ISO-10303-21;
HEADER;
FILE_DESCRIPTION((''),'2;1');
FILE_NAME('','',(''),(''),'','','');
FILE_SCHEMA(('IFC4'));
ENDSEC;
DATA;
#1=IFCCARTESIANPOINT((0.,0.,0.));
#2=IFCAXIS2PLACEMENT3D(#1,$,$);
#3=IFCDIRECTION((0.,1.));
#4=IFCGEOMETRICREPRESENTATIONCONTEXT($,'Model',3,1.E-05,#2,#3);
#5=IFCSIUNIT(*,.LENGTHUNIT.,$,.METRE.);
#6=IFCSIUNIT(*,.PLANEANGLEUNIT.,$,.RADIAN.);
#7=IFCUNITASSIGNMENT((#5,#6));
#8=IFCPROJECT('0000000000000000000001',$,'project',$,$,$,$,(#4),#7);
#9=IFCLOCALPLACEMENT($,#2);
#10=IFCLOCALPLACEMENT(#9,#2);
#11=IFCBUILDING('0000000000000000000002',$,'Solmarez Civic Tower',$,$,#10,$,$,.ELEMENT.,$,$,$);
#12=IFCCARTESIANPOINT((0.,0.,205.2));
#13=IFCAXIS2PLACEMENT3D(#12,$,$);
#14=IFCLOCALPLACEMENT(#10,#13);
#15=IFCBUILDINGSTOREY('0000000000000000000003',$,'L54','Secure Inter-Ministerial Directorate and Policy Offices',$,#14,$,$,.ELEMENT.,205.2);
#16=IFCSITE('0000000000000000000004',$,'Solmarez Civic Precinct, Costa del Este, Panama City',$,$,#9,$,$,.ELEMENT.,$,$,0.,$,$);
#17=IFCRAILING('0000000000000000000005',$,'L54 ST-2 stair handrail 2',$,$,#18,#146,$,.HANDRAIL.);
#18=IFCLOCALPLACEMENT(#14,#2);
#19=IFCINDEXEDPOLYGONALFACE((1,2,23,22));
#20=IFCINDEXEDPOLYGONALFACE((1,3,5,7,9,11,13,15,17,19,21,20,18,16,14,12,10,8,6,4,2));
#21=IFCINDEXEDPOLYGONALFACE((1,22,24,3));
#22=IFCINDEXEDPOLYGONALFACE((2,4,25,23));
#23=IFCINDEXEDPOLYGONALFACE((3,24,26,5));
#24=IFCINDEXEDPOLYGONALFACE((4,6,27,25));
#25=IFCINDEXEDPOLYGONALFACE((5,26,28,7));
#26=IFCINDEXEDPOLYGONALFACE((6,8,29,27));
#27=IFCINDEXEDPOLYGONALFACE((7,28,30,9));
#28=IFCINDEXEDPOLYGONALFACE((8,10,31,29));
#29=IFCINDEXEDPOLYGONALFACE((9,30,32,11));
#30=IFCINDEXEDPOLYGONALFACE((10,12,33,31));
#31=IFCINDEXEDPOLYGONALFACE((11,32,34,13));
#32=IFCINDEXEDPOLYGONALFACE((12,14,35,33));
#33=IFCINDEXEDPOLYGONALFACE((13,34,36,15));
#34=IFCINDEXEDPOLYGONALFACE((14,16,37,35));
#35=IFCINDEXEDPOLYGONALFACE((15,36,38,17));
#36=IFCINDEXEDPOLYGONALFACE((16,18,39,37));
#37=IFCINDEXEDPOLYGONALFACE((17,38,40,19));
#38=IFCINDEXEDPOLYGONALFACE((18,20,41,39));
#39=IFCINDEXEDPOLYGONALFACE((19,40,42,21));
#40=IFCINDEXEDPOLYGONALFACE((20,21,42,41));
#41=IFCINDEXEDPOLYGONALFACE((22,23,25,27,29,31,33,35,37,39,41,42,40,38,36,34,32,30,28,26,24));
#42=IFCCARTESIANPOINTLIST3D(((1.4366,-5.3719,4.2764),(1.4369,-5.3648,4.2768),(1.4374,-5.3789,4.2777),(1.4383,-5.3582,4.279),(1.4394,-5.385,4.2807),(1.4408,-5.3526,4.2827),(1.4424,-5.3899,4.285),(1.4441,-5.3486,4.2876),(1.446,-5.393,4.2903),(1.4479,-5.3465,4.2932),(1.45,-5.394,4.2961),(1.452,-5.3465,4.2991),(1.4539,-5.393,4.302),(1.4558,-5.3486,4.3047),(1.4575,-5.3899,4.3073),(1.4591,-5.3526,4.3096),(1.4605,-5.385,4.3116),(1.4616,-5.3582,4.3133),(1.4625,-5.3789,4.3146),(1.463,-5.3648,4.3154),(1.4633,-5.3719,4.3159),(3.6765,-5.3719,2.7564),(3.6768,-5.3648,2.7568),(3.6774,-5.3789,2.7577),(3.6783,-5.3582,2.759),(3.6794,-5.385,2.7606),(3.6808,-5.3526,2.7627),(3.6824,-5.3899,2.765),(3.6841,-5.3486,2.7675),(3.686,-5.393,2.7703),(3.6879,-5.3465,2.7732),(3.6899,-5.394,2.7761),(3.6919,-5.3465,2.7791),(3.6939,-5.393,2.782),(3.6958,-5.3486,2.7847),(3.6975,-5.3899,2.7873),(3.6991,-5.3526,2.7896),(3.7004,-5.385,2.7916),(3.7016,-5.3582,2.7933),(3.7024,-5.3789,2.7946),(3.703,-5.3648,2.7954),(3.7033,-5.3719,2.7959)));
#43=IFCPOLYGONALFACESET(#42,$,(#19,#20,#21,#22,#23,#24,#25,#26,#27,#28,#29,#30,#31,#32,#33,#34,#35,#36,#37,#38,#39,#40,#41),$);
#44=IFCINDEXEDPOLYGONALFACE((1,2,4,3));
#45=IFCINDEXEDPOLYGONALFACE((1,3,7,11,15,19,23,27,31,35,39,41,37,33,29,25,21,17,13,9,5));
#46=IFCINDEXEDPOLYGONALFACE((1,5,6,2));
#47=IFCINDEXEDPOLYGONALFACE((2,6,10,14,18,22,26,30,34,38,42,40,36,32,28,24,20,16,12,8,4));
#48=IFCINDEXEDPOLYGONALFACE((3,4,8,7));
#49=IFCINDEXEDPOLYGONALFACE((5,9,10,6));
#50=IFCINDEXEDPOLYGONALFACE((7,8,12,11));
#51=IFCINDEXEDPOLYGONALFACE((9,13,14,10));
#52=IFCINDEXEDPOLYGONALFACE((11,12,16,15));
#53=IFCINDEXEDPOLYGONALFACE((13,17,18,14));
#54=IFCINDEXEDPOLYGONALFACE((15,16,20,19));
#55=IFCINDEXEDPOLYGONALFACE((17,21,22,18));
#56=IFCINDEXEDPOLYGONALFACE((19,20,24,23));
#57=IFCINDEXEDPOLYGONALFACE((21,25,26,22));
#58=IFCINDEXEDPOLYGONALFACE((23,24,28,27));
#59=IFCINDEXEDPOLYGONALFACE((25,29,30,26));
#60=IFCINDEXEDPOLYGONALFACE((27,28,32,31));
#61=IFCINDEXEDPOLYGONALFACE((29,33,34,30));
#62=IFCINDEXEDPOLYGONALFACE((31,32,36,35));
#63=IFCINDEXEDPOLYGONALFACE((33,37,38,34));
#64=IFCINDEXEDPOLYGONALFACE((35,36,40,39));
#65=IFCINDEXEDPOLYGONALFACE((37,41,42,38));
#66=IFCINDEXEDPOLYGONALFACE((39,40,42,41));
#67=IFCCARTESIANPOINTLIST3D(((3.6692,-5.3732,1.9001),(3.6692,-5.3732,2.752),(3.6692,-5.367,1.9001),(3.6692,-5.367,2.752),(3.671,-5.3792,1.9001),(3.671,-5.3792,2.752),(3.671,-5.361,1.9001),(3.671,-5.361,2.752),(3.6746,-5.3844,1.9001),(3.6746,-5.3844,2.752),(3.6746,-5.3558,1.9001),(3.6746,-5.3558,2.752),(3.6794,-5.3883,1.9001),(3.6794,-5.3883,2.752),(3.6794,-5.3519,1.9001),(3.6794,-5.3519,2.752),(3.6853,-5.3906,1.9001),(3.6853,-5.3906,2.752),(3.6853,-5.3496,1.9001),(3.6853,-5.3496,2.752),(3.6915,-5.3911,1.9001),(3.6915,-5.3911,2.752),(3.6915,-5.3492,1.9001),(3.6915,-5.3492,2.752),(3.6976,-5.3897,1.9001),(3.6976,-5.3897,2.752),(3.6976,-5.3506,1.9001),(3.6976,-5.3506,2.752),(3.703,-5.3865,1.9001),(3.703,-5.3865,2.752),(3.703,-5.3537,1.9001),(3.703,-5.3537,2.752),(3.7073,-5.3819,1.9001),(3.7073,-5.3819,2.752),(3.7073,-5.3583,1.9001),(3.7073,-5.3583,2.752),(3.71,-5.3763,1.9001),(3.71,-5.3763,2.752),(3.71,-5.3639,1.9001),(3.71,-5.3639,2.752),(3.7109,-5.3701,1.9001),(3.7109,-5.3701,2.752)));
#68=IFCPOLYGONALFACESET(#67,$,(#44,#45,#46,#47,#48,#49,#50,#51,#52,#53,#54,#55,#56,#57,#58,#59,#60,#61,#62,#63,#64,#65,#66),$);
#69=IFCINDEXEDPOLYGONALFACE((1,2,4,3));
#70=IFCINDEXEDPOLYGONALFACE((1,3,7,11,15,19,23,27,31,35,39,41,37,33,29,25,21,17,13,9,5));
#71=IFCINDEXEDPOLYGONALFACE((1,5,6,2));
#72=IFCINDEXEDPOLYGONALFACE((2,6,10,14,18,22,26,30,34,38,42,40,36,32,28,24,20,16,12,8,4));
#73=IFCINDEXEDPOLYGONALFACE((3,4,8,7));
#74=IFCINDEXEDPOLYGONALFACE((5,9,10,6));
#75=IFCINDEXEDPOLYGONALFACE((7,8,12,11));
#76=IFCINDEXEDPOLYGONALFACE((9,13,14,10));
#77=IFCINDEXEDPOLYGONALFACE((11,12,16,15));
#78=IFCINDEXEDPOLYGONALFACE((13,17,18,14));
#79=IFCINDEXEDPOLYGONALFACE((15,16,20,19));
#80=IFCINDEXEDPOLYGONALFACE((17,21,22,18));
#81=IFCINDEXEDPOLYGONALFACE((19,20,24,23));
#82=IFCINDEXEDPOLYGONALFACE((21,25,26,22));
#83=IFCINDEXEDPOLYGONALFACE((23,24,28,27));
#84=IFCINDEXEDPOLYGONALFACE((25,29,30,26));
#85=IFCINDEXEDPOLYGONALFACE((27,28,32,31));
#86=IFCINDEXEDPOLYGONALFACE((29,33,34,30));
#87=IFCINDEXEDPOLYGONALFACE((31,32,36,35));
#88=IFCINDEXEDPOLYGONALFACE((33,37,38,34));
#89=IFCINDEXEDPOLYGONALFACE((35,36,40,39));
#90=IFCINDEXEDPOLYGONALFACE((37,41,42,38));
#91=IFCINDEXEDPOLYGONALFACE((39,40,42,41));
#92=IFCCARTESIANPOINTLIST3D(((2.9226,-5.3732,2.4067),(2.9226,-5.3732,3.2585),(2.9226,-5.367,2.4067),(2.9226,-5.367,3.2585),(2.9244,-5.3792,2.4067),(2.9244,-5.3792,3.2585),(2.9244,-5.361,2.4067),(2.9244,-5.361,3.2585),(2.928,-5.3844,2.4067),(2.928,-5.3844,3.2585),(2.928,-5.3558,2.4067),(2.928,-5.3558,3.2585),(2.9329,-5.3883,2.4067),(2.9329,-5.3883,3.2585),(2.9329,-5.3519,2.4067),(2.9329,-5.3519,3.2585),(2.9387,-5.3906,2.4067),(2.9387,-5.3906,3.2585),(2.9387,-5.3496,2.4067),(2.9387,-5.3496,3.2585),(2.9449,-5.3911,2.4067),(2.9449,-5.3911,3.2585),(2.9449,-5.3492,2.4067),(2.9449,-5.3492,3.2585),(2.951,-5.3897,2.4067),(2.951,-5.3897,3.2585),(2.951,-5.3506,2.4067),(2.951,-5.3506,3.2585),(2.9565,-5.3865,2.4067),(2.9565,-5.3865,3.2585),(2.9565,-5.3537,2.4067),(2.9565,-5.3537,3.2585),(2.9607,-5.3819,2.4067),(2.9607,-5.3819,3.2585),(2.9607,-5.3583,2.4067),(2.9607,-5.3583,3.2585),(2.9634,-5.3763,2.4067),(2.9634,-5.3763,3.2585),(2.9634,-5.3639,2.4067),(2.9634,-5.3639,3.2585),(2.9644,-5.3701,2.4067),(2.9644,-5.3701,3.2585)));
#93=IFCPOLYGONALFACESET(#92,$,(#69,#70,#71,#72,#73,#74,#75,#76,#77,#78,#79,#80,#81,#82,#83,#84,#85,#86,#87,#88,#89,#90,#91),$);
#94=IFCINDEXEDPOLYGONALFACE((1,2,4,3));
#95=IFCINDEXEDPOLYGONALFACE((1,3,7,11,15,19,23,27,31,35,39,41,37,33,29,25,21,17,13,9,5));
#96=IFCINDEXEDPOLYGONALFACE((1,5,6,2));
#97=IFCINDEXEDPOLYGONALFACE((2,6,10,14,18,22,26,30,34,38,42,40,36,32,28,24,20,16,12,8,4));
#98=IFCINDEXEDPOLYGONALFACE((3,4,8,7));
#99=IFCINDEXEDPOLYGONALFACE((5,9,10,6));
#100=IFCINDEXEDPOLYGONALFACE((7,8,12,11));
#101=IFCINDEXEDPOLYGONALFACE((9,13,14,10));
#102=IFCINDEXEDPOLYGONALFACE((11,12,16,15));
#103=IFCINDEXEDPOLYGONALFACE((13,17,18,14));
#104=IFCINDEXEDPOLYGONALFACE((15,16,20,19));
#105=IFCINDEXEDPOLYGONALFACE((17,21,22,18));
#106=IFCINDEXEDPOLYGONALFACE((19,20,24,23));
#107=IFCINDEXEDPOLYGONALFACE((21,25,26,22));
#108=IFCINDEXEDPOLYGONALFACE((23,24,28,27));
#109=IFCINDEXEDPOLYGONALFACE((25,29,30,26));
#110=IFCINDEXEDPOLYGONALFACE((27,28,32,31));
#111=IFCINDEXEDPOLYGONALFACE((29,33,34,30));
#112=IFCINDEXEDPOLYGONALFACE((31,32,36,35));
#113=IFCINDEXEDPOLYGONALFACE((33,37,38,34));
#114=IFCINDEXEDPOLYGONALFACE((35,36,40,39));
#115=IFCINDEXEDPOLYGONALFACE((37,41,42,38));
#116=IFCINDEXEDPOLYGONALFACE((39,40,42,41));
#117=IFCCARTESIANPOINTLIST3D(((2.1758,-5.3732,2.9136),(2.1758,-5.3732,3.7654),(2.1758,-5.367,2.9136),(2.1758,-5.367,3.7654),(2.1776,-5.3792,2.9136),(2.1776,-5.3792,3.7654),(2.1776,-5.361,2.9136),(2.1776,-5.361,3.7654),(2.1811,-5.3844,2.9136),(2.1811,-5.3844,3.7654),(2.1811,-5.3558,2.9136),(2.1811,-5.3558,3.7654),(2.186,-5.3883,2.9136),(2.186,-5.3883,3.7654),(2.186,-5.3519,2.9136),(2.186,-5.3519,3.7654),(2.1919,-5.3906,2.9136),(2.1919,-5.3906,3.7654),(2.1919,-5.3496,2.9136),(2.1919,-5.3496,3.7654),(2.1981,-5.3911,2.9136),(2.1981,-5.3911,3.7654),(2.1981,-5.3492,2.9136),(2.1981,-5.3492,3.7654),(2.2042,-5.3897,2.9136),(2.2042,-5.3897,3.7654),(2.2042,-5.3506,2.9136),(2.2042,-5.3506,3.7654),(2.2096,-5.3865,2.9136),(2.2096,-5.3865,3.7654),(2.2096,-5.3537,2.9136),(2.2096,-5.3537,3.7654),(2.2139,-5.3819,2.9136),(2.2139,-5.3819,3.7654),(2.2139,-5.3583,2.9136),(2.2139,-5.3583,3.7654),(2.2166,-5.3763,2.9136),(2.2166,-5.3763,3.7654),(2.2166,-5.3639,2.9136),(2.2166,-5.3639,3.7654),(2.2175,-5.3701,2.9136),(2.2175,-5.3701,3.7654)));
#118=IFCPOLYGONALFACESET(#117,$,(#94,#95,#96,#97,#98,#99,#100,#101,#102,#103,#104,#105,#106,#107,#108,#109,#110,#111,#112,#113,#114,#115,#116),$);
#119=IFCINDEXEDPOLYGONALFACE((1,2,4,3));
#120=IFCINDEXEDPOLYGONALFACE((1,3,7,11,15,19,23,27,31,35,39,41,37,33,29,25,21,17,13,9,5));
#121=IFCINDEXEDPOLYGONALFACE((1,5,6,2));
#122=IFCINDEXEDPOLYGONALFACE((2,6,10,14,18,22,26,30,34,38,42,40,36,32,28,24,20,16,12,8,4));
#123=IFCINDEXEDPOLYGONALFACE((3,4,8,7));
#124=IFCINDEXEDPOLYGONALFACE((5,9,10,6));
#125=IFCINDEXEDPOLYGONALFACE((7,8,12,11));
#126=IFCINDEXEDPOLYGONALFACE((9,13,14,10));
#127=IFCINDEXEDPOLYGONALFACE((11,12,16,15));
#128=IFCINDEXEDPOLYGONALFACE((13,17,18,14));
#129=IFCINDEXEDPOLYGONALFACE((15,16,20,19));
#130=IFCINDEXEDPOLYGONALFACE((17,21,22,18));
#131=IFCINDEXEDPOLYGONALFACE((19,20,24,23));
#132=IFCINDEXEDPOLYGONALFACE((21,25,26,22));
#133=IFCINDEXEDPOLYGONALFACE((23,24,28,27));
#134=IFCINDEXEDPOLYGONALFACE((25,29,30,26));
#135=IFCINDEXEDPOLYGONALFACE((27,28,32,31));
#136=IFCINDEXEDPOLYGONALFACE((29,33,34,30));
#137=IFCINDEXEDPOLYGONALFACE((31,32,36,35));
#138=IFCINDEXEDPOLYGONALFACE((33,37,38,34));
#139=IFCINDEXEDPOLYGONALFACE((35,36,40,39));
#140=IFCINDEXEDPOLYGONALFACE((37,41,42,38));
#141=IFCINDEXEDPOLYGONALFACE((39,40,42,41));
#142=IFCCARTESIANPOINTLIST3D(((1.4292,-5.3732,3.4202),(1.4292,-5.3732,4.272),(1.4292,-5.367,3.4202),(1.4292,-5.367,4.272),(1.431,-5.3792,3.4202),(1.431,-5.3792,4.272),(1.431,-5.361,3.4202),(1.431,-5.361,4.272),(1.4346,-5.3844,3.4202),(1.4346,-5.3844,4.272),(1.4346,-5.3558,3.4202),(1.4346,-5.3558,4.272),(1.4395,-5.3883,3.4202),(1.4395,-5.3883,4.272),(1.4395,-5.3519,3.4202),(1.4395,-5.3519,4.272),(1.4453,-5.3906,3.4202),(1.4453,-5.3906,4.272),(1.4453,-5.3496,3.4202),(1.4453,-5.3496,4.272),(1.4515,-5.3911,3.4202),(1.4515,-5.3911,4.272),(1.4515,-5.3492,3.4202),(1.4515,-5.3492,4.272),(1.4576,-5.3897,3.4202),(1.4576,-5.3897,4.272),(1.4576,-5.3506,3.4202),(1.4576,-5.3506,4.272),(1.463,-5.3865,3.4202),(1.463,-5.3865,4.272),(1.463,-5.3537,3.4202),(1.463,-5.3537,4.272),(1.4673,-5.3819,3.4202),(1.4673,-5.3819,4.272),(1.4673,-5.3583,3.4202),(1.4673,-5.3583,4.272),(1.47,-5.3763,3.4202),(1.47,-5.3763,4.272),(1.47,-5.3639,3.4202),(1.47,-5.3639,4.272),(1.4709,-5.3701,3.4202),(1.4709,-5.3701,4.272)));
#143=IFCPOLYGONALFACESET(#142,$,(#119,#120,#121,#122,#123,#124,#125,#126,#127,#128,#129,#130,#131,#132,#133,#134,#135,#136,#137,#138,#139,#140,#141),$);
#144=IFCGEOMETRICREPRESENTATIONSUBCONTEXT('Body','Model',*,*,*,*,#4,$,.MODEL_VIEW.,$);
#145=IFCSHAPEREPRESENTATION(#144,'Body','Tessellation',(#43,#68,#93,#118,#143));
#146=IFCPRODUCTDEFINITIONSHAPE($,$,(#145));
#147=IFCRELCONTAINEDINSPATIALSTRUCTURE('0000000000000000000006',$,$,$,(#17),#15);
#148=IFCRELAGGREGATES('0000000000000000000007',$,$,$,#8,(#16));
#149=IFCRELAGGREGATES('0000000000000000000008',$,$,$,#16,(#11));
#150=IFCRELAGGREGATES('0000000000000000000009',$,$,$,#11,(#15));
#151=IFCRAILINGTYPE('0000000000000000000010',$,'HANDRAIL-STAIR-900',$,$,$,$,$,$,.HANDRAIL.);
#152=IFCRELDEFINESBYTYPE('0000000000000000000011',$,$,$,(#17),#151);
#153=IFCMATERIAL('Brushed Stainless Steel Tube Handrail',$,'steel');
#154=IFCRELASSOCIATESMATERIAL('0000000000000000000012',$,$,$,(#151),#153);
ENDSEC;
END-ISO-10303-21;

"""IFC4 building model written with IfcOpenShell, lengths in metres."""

from ifc_helpers import new_model, si_unit, direction, frame, origin, origin_2d, place, context, subcontext, project, spatial, circle, extrude, material, type_object, element, save


model = new_model("IFC4")

# Units and contexts
model_context = context("Model", 3, precision=1e-05, world=origin(), true_north=direction((0.0, 1.0)))
body_context = subcontext(model_context, "Body", "Model", "MODEL_VIEW")
ifc_project = project(units=[si_unit("LENGTHUNIT", "METRE"), si_unit("PLANEANGLEUNIT", "RADIAN")], contexts=[model_context])

# Site, building, storey
site_placement = place(None, origin())
site = spatial("IfcSite", under=ifc_project, at=site_placement, Name="Solmarez Civic Precinct, Costa del Este, Panama City", CompositionType="ELEMENT", RefElevation=0.0)
building_placement = place(site_placement, origin())
building = spatial("IfcBuilding", under=site, at=building_placement, Name="Solmarez Civic Tower", CompositionType="ELEMENT")
storey_placement = place(building_placement, frame((0.0, 0.0, 205.2)))
storey = spatial("IfcBuildingStorey", under=building, at=storey_placement, Name="L54", Description="Secure Inter-Ministerial Directorate and Policy Offices", CompositionType="ELEMENT", Elevation=205.2)

# Railing
ifc_material_1 = material(Name="Brushed Stainless Steel Tube Handrail", Category="steel")
railing_type_1 = type_object("IfcRailingType", Name="HANDRAIL-STAIR-900", PredefinedType="HANDRAIL", material=ifc_material_1)
railing_1_placement = place(storey_placement, frame((3.6899, -5.3701, 1.9001)))
element("IfcRailing", 1, at=railing_1_placement, inside=storey, type_object=railing_type_1, Name="L54 ST-2 stair handrail 2", PredefinedType="HANDRAIL", context=body_context, shape_type="SweptSolid", body=[
    extrude(circle(Radius=0.0239, at=origin_2d()), frame((0.0, 0.0, 0.876), z_axis=(-0.827471, 0.0, 0.561508), x_axis=(0.0, -1.0, 0.0)), (0.0, 0.0, 1.0), 2.707),
    extrude(circle(Radius=0.021, at=origin_2d()), origin(), (0.0, 0.0, 1.0), 0.8518),
    extrude(circle(Radius=0.021, at=origin_2d()), frame((-0.7466, 0.0, 0.5066)), (0.0, 0.0, 1.0), 0.8518),
    extrude(circle(Radius=0.021, at=origin_2d()), frame((-1.4934, 0.0, 1.0134)), (0.0, 0.0, 1.0), 0.8518),
    extrude(circle(Radius=0.021, at=origin_2d()), frame((-2.24, 0.0, 1.52)), (0.0, 0.0, 1.0), 0.8518),
])

save(model, "model.ifc")
